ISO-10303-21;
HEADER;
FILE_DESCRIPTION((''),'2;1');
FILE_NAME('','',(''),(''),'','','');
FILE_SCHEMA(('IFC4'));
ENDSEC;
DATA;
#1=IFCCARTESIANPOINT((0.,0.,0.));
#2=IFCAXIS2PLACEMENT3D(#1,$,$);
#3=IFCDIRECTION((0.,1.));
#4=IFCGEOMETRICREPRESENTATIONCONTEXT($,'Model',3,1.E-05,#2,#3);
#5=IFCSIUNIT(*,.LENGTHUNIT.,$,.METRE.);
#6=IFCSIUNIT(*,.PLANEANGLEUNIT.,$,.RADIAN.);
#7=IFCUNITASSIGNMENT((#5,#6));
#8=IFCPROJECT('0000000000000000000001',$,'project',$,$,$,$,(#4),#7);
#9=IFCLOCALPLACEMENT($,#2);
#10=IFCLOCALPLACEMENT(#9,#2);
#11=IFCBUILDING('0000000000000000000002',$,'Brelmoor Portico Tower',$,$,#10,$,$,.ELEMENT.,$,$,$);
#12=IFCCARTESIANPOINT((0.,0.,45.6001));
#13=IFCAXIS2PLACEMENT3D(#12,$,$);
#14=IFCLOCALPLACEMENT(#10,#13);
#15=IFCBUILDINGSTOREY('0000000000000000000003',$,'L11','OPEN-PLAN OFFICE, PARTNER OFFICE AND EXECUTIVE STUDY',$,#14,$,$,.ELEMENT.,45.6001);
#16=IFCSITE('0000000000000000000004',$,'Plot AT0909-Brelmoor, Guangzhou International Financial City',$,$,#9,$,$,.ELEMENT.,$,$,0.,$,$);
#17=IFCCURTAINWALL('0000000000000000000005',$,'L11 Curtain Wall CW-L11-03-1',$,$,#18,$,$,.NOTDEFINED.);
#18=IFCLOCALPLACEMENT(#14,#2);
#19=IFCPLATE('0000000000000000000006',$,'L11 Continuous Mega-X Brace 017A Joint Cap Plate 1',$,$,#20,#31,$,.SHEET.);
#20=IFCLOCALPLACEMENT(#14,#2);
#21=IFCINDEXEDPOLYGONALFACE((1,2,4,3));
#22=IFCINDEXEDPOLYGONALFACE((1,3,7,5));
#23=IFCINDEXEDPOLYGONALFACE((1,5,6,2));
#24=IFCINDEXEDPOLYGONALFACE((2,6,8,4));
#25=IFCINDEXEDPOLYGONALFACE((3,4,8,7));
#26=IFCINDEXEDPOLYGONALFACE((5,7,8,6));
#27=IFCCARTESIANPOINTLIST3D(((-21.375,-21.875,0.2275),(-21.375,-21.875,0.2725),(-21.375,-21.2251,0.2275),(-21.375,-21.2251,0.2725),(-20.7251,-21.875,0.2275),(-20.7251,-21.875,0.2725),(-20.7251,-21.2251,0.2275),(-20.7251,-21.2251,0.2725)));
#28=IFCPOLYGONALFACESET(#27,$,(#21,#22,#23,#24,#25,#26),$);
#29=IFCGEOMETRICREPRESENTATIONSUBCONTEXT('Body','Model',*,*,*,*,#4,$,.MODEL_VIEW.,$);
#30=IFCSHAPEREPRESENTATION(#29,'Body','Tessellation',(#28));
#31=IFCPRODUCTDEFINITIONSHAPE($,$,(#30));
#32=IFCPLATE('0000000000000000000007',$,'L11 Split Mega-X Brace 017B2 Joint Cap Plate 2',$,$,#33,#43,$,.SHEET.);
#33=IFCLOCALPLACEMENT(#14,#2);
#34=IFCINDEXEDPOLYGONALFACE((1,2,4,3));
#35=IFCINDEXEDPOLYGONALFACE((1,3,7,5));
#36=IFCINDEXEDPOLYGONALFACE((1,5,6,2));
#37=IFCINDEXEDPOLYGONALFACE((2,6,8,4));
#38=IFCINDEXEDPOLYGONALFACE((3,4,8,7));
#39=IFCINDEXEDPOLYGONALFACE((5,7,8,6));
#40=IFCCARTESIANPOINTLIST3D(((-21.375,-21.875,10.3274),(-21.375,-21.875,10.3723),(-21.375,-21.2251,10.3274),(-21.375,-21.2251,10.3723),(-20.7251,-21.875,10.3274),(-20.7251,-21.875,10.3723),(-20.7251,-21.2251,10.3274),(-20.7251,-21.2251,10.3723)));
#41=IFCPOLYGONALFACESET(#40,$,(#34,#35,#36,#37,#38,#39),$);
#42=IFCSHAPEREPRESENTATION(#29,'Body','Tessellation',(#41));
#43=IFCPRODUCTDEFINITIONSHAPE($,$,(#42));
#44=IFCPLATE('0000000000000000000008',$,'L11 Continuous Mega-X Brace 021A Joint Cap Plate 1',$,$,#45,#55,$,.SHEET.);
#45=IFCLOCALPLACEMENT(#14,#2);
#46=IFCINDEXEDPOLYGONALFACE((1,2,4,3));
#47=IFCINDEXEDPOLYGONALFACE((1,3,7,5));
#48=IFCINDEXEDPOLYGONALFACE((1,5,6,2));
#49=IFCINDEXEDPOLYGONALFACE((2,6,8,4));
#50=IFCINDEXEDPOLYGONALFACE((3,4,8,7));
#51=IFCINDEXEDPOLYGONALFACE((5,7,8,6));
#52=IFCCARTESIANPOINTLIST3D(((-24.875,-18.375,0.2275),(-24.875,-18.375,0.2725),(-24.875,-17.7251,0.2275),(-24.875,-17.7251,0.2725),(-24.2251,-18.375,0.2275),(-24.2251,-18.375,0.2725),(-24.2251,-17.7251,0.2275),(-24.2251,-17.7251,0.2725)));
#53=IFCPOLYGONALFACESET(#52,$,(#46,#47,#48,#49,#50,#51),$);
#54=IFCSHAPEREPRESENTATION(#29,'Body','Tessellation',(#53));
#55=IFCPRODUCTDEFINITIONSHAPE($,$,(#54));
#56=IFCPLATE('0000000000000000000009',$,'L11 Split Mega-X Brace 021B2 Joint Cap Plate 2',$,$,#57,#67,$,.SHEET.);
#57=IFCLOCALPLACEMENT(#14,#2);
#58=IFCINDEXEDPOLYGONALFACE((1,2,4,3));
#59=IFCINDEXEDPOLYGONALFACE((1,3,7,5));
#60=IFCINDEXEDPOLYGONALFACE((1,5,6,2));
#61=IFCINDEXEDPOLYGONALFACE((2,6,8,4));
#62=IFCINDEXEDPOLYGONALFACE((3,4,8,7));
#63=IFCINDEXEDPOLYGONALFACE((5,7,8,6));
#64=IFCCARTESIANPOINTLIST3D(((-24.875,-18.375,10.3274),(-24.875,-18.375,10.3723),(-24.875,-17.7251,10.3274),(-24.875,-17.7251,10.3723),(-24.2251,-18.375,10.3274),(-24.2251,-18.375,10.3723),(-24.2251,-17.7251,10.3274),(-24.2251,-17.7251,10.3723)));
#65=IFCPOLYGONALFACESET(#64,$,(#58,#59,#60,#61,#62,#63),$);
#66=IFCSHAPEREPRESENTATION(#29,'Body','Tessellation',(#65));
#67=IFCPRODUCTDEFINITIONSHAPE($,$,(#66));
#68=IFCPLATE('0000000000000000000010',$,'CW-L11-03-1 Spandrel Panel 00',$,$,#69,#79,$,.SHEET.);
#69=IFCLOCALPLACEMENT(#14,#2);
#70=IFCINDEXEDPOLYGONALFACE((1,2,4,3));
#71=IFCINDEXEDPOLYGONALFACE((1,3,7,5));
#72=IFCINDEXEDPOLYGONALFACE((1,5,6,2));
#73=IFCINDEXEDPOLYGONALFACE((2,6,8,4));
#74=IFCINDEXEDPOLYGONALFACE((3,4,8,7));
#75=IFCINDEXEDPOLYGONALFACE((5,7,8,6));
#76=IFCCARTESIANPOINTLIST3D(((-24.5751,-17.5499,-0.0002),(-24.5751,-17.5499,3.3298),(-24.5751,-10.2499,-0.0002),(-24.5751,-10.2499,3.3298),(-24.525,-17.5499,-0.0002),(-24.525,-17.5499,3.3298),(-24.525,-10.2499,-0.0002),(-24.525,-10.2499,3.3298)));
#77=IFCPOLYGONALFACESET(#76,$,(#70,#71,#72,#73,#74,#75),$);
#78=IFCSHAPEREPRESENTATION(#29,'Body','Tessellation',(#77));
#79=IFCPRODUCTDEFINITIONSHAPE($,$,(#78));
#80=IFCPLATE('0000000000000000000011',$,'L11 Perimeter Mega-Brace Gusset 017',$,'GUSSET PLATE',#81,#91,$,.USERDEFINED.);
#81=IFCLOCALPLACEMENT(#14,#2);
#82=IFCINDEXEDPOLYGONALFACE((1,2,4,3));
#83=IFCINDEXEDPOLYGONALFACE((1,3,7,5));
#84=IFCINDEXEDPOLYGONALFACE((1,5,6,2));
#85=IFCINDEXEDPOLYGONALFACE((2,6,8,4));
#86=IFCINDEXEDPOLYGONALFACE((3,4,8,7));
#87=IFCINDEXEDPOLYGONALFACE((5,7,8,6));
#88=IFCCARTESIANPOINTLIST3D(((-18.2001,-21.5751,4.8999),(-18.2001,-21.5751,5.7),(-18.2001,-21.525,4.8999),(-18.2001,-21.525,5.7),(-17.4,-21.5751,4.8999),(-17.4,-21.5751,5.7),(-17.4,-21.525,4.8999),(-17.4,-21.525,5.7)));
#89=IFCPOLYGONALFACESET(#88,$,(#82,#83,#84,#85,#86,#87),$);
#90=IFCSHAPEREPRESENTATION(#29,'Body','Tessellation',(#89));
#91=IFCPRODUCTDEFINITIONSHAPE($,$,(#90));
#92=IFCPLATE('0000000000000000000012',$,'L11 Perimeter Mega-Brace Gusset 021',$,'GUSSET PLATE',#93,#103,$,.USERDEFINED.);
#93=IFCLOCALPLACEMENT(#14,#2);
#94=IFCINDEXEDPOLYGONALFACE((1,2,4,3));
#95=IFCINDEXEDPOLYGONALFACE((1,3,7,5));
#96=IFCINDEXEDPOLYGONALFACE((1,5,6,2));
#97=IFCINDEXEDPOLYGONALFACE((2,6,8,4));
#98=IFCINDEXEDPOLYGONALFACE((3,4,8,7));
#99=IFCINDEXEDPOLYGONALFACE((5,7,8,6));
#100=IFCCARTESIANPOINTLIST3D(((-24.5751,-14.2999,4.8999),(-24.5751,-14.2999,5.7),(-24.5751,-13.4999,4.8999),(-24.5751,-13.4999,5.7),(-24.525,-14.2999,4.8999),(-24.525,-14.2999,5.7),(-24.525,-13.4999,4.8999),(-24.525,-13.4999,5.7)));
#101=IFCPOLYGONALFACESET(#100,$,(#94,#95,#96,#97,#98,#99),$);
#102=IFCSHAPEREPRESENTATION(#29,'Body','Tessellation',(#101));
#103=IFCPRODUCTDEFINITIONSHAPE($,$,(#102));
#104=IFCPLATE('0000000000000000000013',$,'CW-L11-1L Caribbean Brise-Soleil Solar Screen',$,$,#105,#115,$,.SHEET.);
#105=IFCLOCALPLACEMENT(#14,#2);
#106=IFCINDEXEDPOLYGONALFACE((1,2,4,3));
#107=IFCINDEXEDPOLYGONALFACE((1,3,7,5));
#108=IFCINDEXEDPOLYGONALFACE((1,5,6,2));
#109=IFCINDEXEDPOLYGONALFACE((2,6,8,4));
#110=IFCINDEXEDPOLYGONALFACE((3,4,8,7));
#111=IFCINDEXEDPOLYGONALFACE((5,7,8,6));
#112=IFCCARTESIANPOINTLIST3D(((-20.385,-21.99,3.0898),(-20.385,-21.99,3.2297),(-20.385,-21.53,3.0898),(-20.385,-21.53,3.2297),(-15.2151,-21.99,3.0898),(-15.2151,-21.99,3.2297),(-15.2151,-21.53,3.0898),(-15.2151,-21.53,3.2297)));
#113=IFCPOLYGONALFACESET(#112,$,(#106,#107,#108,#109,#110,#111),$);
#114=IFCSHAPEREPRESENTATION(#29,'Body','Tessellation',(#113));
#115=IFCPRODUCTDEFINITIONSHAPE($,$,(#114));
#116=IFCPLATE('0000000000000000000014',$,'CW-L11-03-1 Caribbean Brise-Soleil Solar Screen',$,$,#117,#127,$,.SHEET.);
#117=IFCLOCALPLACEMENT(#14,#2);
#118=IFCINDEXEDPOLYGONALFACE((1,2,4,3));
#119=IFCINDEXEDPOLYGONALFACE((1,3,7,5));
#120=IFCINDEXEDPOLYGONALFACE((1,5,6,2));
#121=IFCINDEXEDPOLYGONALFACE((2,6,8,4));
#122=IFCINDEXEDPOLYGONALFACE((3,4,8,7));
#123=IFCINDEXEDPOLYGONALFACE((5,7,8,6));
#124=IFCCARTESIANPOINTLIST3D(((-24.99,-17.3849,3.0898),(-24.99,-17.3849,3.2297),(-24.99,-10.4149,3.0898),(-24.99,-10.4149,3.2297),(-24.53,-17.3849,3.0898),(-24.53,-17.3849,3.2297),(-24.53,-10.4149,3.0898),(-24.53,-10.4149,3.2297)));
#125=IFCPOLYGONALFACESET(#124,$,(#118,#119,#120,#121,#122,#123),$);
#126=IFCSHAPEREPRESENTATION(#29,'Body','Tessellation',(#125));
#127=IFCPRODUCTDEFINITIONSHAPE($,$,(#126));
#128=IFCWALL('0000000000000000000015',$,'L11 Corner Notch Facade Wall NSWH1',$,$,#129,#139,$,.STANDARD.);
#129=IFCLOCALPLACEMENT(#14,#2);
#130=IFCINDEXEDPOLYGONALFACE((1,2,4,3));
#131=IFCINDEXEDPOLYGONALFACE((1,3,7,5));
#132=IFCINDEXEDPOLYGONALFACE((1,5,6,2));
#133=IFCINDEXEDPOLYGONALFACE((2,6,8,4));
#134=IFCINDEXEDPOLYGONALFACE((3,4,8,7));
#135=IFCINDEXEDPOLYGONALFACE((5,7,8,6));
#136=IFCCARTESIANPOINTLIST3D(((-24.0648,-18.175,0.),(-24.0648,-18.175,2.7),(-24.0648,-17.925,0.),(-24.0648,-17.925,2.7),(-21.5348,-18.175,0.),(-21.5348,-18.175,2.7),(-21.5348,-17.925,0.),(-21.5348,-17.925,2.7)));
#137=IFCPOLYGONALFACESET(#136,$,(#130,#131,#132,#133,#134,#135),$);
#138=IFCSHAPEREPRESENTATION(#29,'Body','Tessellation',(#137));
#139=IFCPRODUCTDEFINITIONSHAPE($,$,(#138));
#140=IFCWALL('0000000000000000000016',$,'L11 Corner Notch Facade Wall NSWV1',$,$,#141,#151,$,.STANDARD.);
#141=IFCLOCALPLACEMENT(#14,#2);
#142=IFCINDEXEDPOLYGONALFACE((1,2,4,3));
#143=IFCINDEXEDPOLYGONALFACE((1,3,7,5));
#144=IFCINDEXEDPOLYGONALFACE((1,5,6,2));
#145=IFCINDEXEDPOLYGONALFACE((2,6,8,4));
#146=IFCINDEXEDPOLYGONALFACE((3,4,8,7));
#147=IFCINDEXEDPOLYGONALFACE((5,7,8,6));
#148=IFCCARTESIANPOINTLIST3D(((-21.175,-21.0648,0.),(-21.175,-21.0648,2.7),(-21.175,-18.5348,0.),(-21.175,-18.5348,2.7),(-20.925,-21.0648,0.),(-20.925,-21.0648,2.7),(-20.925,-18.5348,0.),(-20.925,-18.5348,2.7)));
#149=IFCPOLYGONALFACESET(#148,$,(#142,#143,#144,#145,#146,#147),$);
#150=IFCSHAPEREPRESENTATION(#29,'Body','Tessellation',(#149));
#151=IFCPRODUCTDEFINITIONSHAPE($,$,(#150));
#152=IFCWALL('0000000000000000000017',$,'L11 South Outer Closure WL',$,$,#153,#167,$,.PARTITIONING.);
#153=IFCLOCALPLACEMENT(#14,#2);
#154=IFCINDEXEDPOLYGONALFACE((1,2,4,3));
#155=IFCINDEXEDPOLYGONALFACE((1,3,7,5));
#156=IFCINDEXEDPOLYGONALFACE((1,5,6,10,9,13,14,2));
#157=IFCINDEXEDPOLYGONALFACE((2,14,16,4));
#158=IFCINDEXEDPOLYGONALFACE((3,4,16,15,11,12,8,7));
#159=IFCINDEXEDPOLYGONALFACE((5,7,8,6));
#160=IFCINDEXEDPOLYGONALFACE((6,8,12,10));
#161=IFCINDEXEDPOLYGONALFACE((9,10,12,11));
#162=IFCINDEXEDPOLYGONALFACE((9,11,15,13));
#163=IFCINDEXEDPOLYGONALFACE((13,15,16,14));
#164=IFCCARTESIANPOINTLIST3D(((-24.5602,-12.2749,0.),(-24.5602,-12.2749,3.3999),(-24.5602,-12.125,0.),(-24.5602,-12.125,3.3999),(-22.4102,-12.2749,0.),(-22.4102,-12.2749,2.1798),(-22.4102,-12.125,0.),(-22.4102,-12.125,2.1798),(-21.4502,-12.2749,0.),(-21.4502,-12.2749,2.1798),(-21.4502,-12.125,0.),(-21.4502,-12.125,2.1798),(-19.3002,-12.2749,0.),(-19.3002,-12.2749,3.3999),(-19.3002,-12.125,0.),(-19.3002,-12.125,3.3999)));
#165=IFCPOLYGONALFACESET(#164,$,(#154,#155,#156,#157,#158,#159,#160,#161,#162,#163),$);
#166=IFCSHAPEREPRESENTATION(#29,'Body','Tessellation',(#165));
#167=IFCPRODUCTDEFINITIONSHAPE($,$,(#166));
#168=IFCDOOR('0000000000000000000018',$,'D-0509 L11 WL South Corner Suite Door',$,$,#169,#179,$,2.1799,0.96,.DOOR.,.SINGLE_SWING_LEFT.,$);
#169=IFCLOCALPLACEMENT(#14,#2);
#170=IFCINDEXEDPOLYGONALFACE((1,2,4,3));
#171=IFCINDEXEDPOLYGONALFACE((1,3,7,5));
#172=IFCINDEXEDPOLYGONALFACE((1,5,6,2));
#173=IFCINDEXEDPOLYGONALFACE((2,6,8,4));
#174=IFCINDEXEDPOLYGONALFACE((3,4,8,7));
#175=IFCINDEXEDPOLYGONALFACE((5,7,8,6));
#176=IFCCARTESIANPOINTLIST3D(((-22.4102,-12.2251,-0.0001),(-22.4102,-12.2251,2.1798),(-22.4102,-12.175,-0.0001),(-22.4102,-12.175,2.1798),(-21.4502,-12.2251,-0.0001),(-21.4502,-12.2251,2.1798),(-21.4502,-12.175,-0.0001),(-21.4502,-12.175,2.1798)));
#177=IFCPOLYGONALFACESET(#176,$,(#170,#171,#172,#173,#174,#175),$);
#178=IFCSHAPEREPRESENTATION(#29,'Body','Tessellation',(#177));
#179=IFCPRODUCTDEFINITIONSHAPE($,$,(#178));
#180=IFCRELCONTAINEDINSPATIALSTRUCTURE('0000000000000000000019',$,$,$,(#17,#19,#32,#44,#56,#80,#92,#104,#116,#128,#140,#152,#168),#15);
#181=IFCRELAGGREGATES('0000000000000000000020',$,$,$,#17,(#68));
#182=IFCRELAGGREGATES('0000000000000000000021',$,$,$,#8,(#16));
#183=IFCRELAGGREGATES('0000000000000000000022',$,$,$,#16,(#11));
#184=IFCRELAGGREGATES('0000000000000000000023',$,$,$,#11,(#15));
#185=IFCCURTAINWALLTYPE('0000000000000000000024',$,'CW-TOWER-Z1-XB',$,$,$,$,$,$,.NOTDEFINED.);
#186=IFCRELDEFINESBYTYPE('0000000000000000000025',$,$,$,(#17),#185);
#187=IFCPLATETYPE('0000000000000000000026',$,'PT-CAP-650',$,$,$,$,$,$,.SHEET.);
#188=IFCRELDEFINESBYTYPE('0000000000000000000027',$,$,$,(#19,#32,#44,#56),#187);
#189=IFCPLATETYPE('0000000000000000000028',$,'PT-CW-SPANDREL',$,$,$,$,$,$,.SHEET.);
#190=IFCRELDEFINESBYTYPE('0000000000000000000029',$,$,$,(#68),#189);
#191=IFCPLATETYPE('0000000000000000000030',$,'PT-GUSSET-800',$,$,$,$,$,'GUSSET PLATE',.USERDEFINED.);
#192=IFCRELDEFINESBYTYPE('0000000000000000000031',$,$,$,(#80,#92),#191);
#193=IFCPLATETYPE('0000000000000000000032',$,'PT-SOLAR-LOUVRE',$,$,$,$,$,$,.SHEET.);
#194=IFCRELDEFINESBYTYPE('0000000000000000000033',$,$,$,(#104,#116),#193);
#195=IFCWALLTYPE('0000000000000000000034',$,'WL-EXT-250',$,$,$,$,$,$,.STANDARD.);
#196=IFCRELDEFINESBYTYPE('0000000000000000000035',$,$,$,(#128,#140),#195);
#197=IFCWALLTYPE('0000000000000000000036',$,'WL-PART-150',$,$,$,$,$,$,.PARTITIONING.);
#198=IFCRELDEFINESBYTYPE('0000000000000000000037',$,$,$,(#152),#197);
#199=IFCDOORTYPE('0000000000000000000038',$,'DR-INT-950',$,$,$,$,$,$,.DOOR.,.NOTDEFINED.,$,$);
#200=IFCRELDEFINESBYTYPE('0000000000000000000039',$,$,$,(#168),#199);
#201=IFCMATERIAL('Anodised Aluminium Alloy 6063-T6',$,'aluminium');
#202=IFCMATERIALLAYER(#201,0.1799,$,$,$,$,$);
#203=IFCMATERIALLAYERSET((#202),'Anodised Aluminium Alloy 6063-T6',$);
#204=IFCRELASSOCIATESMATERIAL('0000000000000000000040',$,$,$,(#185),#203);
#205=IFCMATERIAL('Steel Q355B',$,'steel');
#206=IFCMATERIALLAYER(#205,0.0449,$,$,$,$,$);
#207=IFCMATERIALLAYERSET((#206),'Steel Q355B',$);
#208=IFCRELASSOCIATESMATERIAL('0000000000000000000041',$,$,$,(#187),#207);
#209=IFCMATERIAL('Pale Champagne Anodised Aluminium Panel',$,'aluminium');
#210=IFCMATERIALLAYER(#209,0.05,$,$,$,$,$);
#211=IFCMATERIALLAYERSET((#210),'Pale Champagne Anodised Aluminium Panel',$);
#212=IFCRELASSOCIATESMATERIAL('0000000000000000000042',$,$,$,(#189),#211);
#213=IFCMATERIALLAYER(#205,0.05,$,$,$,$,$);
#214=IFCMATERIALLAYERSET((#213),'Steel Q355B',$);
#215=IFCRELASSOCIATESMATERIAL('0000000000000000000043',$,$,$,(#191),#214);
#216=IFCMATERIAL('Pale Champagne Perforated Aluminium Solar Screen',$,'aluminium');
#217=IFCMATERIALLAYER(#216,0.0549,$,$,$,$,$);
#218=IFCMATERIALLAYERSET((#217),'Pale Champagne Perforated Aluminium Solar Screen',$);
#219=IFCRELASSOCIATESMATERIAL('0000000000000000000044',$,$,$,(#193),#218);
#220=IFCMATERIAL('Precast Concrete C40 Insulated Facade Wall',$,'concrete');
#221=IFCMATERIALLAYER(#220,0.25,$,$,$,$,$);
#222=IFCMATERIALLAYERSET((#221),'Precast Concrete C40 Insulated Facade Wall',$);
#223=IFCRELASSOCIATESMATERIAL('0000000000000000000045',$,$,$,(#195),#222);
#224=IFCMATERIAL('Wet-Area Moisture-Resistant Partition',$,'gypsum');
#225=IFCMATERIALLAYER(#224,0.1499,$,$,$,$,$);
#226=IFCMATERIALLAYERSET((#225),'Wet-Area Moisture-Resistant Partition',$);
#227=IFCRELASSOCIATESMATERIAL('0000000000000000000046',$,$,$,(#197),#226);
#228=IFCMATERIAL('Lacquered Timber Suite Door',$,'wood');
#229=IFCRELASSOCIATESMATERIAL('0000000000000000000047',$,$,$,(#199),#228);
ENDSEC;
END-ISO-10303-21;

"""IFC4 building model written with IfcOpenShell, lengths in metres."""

from ifc_helpers import new_model, si_unit, direction, frame, frame_2d, origin, origin_2d, place, context, subcontext, project, spatial, rectangle, extrude, material, layer, layer_set, type_object, element, fill, aggregate, save


model = new_model("IFC4")

# Units and contexts
model_context = context("Model", 3, precision=1e-05, world=origin(), true_north=direction((0.0, 1.0)))
body_context = subcontext(model_context, "Body", "Model", "MODEL_VIEW")
ifc_project = project(units=[si_unit("LENGTHUNIT", "METRE"), si_unit("PLANEANGLEUNIT", "RADIAN")], contexts=[model_context])

# Site, building, storey
site_placement = place(None, origin())
site = spatial("IfcSite", under=ifc_project, at=site_placement, Name="Plot AT0909-Brelmoor, Guangzhou International Financial City", CompositionType="ELEMENT", RefElevation=0.0)
building_placement = place(site_placement, origin())
building = spatial("IfcBuilding", under=site, at=building_placement, Name="Brelmoor Portico Tower", CompositionType="ELEMENT")
storey_placement = place(building_placement, frame((0.0, 0.0, 45.6001)))
storey = spatial("IfcBuildingStorey", under=building, at=storey_placement, Name="L11", Description="OPEN-PLAN OFFICE, PARTNER OFFICE AND EXECUTIVE STUDY", CompositionType="ELEMENT", Elevation=45.6001)

# Shared definitions
ifc_material_1 = material(Name="Steel Q355B", Category="steel")

# Curtain wall
ifc_material_2 = material(Name="Anodised Aluminium Alloy 6063-T6", Category="aluminium")
ifc_layer_1 = layer(ifc_material_2, 0.1799)
ifc_layer_set_1 = layer_set([ifc_layer_1], Name="Anodised Aluminium Alloy 6063-T6")
curtain_wall_type = type_object("IfcCurtainWallType", Name="CW-TOWER-Z1-XB", PredefinedType="NOTDEFINED", material=ifc_layer_set_1)
curtain_wall_1_placement = place(storey_placement, origin())
curtain_wall_1 = element("IfcCurtainWall", 1, at=curtain_wall_1_placement, inside=storey, type_object=curtain_wall_type, Name="L11 Curtain Wall CW-L11-03-1", PredefinedType="NOTDEFINED")

# Plates
ifc_layer_2 = layer(ifc_material_1, 0.0449)
ifc_layer_set_2 = layer_set([ifc_layer_2], Name="Steel Q355B")
plate_type_1 = type_object("IfcPlateType", Name="PT-CAP-650", PredefinedType="SHEET", material=ifc_layer_set_2)
for number, where, z_axis, x_axis, name in (
    (2, (-21.05, -21.55, 0.2275), (0.0, 0.0, 1.0), (1.0, 0.0, 0.0), "L11 Continuous Mega-X Brace 017A Joint Cap Plate 1"),
    (3, (-21.05, -21.55, 10.3274), (0.0, 0.0, 1.0), (1.0, 0.0, 0.0), "L11 Split Mega-X Brace 017B2 Joint Cap Plate 2"),
    (4, (-24.55, -18.05, 0.2275), (0.0, 0.0, 1.0), (1.0, 0.0, 0.0), "L11 Continuous Mega-X Brace 021A Joint Cap Plate 1"),
    (5, (-24.55, -18.05, 10.3274), (0.0, 0.0, 1.0), (1.0, 0.0, 0.0), "L11 Split Mega-X Brace 021B2 Joint Cap Plate 2"),
):
    element("IfcPlate", number, at=place(storey_placement, frame(where, z_axis=z_axis, x_axis=x_axis)), inside=storey, type_object=plate_type_1, Name=name, PredefinedType="SHEET", context=body_context, shape_type="SweptSolid", body=[
        extrude(rectangle(XDim=0.6499, YDim=0.6499, at=origin_2d()), origin(), (0.0, 0.0, 1.0), 0.0449),
    ])

# Plate
ifc_material_3 = material(Name="Pale Champagne Anodised Aluminium Panel", Category="aluminium")
ifc_layer_3 = layer(ifc_material_3, 0.05)
ifc_layer_set_3 = layer_set([ifc_layer_3], Name="Pale Champagne Anodised Aluminium Panel")
plate_type_2 = type_object("IfcPlateType", Name="PT-CW-SPANDREL", PredefinedType="SHEET", material=ifc_layer_set_3)
plate_1_placement = place(storey_placement, frame((-24.55, -13.8999, -0.0002), z_axis=(0.0, 0.0, 1.0), x_axis=(0.0, 1.0, 0.0)))
plate_1 = element("IfcPlate", 6, at=plate_1_placement, type_object=plate_type_2, Name="CW-L11-03-1 Spandrel Panel 00", PredefinedType="SHEET", context=body_context, shape_type="SweptSolid", body=[
    extrude(rectangle(XDim=7.3, YDim=0.05, at=origin_2d()), origin(), (0.0, 0.0, 1.0), 3.3301),
])
aggregate(curtain_wall_1, [plate_1])

# Plates
ifc_layer_4 = layer(ifc_material_1, 0.05)
ifc_layer_set_4 = layer_set([ifc_layer_4], Name="Steel Q355B")
plate_type_3 = type_object("IfcPlateType", Name="PT-GUSSET-800", ElementType="GUSSET PLATE", PredefinedType="USERDEFINED", material=ifc_layer_set_4)
plate_2_placement = place(storey_placement, frame((-17.8, -21.55, 4.8999), z_axis=(0.0, 0.0, 1.0), x_axis=(1.0, 0.0, 0.0)))
element("IfcPlate", 7, at=plate_2_placement, inside=storey, type_object=plate_type_3, Name="L11 Perimeter Mega-Brace Gusset 017", ObjectType="GUSSET PLATE", PredefinedType="USERDEFINED", context=body_context, shape_type="SweptSolid", body=[
    extrude(rectangle(XDim=0.8, YDim=0.05, at=origin_2d()), origin(), (0.0, 0.0, 1.0), 0.8),
])
plate_3_placement = place(storey_placement, frame((-24.55, -13.8999, 4.8999), z_axis=(0.0, 0.0, 1.0), x_axis=(1.0, 0.0, 0.0)))
element("IfcPlate", 8, at=plate_3_placement, inside=storey, type_object=plate_type_3, Name="L11 Perimeter Mega-Brace Gusset 021", ObjectType="GUSSET PLATE", PredefinedType="USERDEFINED", context=body_context, shape_type="SweptSolid", body=[
    extrude(rectangle(XDim=0.05, YDim=0.8, at=origin_2d()), origin(), (0.0, 0.0, 1.0), 0.8),
])
ifc_material_4 = material(Name="Pale Champagne Perforated Aluminium Solar Screen", Category="aluminium")
ifc_layer_5 = layer(ifc_material_4, 0.0549)
ifc_layer_set_5 = layer_set([ifc_layer_5], Name="Pale Champagne Perforated Aluminium Solar Screen")
plate_type_4 = type_object("IfcPlateType", Name="PT-SOLAR-LOUVRE", PredefinedType="SHEET", material=ifc_layer_set_5)
plate_4_placement = place(storey_placement, frame((-17.8, -21.76, 3.0898), z_axis=(0.0, 0.0, 1.0), x_axis=(1.0, 0.0, 0.0)))
element("IfcPlate", 9, at=plate_4_placement, inside=storey, type_object=plate_type_4, Name="CW-L11-1L Caribbean Brise-Soleil Solar Screen", PredefinedType="SHEET", context=body_context, shape_type="SweptSolid", body=[
    extrude(rectangle(XDim=5.1699, YDim=0.46, at=origin_2d()), origin(), (0.0, 0.0, 1.0), 0.1399),
])
plate_5_placement = place(storey_placement, frame((-24.76, -13.8999, 3.0898), z_axis=(0.0, 0.0, 1.0), x_axis=(0.0, 1.0, 0.0)))
element("IfcPlate", 10, at=plate_5_placement, inside=storey, type_object=plate_type_4, Name="CW-L11-03-1 Caribbean Brise-Soleil Solar Screen", PredefinedType="SHEET", context=body_context, shape_type="SweptSolid", body=[
    extrude(rectangle(XDim=6.97, YDim=0.46, at=origin_2d()), origin(), (0.0, 0.0, 1.0), 0.1399),
])

# Walls
ifc_material_5 = material(Name="Precast Concrete C40 Insulated Facade Wall", Category="concrete")
ifc_layer_6 = layer(ifc_material_5, 0.25)
ifc_layer_set_6 = layer_set([ifc_layer_6], Name="Precast Concrete C40 Insulated Facade Wall")
wall_type_1 = type_object("IfcWallType", Name="WL-EXT-250", PredefinedType="STANDARD", material=ifc_layer_set_6)
for number, where, z_axis, x_axis, name in (
    (11, (-24.0649, -18.05, 0.0), (0.0, 0.0, 1.0), (1.0, 0.0, 0.0), "L11 Corner Notch Facade Wall NSWH1"),
    (12, (-21.05, -21.0649, 0.0), (0.0, 0.0, 1.0), (0.0, 1.0, 0.0), "L11 Corner Notch Facade Wall NSWV1"),
):
    element("IfcWall", number, at=place(storey_placement, frame(where, z_axis=z_axis, x_axis=x_axis)), inside=storey, type_object=wall_type_1, Name=name, PredefinedType="STANDARD", context=body_context, shape_type="SweptSolid", body=[
        extrude(rectangle(XDim=2.53, YDim=0.25, at=frame_2d((1.2651, 0.0))), origin(), (0.0, 0.0, 1.0), 2.7),
    ])

# Wall, opening, door
ifc_material_6 = material(Name="Wet-Area Moisture-Resistant Partition", Category="gypsum")
ifc_layer_7 = layer(ifc_material_6, 0.1499)
ifc_layer_set_7 = layer_set([ifc_layer_7], Name="Wet-Area Moisture-Resistant Partition")
wall_type_2 = type_object("IfcWallType", Name="WL-PART-150", PredefinedType="PARTITIONING", material=ifc_layer_set_7)
wall_placement = place(storey_placement, frame((-24.5601, -12.2, 0.0), z_axis=(0.0, 0.0, 1.0), x_axis=(1.0, 0.0, 0.0)))
wall = element("IfcWall", 13, at=wall_placement, inside=storey, type_object=wall_type_2, Name="L11 South Outer Closure WL", PredefinedType="PARTITIONING", context=body_context, shape_type="SweptSolid", body=[
    extrude(rectangle(XDim=5.26, YDim=0.1499, at=frame_2d((2.6299, 0.0))), origin(), (0.0, 0.0, 1.0), 3.3999),
])
opening_placement = place(wall_placement, frame((2.1499, 0.0, 0.0)))
opening = element("IfcOpeningElement", 14, at=opening_placement, cuts=wall, PredefinedType="OPENING", context=body_context, shape_type="SweptSolid", body=[
    extrude(rectangle(XDim=0.96, YDim=2.1799, at=frame_2d((0.48, 1.0898))), frame((0.0, 0.085, 0.0), z_axis=(0.0, -1.0, 0.0), x_axis=(1.0, 0.0, 0.0)), (0.0, 0.0, 1.0), 0.1699),
])
ifc_material_7 = material(Name="Lacquered Timber Suite Door", Category="wood")
door_type = type_object("IfcDoorType", Name="DR-INT-950", OperationType="NOTDEFINED", PredefinedType="DOOR", material=ifc_material_7)
door_placement = place(opening_placement, origin())
door = element("IfcDoor", 15, at=door_placement, inside=storey, type_object=door_type, Name="D-0509 L11 WL South Corner Suite Door", OperationType="SINGLE_SWING_LEFT", OverallHeight=2.1799, OverallWidth=0.96, PredefinedType="DOOR", context=body_context, shape_type="SweptSolid", body=[
    extrude(rectangle(XDim=0.96, YDim=2.1799, at=frame_2d((0.48, 1.0898))), frame((0.0, 0.0249, 0.0), z_axis=(0.0, -1.0, 0.0), x_axis=(1.0, 0.0, 0.0)), (0.0, 0.0, 1.0), 0.05),
])
fill(opening, door)

save(model, "model.ifc")
